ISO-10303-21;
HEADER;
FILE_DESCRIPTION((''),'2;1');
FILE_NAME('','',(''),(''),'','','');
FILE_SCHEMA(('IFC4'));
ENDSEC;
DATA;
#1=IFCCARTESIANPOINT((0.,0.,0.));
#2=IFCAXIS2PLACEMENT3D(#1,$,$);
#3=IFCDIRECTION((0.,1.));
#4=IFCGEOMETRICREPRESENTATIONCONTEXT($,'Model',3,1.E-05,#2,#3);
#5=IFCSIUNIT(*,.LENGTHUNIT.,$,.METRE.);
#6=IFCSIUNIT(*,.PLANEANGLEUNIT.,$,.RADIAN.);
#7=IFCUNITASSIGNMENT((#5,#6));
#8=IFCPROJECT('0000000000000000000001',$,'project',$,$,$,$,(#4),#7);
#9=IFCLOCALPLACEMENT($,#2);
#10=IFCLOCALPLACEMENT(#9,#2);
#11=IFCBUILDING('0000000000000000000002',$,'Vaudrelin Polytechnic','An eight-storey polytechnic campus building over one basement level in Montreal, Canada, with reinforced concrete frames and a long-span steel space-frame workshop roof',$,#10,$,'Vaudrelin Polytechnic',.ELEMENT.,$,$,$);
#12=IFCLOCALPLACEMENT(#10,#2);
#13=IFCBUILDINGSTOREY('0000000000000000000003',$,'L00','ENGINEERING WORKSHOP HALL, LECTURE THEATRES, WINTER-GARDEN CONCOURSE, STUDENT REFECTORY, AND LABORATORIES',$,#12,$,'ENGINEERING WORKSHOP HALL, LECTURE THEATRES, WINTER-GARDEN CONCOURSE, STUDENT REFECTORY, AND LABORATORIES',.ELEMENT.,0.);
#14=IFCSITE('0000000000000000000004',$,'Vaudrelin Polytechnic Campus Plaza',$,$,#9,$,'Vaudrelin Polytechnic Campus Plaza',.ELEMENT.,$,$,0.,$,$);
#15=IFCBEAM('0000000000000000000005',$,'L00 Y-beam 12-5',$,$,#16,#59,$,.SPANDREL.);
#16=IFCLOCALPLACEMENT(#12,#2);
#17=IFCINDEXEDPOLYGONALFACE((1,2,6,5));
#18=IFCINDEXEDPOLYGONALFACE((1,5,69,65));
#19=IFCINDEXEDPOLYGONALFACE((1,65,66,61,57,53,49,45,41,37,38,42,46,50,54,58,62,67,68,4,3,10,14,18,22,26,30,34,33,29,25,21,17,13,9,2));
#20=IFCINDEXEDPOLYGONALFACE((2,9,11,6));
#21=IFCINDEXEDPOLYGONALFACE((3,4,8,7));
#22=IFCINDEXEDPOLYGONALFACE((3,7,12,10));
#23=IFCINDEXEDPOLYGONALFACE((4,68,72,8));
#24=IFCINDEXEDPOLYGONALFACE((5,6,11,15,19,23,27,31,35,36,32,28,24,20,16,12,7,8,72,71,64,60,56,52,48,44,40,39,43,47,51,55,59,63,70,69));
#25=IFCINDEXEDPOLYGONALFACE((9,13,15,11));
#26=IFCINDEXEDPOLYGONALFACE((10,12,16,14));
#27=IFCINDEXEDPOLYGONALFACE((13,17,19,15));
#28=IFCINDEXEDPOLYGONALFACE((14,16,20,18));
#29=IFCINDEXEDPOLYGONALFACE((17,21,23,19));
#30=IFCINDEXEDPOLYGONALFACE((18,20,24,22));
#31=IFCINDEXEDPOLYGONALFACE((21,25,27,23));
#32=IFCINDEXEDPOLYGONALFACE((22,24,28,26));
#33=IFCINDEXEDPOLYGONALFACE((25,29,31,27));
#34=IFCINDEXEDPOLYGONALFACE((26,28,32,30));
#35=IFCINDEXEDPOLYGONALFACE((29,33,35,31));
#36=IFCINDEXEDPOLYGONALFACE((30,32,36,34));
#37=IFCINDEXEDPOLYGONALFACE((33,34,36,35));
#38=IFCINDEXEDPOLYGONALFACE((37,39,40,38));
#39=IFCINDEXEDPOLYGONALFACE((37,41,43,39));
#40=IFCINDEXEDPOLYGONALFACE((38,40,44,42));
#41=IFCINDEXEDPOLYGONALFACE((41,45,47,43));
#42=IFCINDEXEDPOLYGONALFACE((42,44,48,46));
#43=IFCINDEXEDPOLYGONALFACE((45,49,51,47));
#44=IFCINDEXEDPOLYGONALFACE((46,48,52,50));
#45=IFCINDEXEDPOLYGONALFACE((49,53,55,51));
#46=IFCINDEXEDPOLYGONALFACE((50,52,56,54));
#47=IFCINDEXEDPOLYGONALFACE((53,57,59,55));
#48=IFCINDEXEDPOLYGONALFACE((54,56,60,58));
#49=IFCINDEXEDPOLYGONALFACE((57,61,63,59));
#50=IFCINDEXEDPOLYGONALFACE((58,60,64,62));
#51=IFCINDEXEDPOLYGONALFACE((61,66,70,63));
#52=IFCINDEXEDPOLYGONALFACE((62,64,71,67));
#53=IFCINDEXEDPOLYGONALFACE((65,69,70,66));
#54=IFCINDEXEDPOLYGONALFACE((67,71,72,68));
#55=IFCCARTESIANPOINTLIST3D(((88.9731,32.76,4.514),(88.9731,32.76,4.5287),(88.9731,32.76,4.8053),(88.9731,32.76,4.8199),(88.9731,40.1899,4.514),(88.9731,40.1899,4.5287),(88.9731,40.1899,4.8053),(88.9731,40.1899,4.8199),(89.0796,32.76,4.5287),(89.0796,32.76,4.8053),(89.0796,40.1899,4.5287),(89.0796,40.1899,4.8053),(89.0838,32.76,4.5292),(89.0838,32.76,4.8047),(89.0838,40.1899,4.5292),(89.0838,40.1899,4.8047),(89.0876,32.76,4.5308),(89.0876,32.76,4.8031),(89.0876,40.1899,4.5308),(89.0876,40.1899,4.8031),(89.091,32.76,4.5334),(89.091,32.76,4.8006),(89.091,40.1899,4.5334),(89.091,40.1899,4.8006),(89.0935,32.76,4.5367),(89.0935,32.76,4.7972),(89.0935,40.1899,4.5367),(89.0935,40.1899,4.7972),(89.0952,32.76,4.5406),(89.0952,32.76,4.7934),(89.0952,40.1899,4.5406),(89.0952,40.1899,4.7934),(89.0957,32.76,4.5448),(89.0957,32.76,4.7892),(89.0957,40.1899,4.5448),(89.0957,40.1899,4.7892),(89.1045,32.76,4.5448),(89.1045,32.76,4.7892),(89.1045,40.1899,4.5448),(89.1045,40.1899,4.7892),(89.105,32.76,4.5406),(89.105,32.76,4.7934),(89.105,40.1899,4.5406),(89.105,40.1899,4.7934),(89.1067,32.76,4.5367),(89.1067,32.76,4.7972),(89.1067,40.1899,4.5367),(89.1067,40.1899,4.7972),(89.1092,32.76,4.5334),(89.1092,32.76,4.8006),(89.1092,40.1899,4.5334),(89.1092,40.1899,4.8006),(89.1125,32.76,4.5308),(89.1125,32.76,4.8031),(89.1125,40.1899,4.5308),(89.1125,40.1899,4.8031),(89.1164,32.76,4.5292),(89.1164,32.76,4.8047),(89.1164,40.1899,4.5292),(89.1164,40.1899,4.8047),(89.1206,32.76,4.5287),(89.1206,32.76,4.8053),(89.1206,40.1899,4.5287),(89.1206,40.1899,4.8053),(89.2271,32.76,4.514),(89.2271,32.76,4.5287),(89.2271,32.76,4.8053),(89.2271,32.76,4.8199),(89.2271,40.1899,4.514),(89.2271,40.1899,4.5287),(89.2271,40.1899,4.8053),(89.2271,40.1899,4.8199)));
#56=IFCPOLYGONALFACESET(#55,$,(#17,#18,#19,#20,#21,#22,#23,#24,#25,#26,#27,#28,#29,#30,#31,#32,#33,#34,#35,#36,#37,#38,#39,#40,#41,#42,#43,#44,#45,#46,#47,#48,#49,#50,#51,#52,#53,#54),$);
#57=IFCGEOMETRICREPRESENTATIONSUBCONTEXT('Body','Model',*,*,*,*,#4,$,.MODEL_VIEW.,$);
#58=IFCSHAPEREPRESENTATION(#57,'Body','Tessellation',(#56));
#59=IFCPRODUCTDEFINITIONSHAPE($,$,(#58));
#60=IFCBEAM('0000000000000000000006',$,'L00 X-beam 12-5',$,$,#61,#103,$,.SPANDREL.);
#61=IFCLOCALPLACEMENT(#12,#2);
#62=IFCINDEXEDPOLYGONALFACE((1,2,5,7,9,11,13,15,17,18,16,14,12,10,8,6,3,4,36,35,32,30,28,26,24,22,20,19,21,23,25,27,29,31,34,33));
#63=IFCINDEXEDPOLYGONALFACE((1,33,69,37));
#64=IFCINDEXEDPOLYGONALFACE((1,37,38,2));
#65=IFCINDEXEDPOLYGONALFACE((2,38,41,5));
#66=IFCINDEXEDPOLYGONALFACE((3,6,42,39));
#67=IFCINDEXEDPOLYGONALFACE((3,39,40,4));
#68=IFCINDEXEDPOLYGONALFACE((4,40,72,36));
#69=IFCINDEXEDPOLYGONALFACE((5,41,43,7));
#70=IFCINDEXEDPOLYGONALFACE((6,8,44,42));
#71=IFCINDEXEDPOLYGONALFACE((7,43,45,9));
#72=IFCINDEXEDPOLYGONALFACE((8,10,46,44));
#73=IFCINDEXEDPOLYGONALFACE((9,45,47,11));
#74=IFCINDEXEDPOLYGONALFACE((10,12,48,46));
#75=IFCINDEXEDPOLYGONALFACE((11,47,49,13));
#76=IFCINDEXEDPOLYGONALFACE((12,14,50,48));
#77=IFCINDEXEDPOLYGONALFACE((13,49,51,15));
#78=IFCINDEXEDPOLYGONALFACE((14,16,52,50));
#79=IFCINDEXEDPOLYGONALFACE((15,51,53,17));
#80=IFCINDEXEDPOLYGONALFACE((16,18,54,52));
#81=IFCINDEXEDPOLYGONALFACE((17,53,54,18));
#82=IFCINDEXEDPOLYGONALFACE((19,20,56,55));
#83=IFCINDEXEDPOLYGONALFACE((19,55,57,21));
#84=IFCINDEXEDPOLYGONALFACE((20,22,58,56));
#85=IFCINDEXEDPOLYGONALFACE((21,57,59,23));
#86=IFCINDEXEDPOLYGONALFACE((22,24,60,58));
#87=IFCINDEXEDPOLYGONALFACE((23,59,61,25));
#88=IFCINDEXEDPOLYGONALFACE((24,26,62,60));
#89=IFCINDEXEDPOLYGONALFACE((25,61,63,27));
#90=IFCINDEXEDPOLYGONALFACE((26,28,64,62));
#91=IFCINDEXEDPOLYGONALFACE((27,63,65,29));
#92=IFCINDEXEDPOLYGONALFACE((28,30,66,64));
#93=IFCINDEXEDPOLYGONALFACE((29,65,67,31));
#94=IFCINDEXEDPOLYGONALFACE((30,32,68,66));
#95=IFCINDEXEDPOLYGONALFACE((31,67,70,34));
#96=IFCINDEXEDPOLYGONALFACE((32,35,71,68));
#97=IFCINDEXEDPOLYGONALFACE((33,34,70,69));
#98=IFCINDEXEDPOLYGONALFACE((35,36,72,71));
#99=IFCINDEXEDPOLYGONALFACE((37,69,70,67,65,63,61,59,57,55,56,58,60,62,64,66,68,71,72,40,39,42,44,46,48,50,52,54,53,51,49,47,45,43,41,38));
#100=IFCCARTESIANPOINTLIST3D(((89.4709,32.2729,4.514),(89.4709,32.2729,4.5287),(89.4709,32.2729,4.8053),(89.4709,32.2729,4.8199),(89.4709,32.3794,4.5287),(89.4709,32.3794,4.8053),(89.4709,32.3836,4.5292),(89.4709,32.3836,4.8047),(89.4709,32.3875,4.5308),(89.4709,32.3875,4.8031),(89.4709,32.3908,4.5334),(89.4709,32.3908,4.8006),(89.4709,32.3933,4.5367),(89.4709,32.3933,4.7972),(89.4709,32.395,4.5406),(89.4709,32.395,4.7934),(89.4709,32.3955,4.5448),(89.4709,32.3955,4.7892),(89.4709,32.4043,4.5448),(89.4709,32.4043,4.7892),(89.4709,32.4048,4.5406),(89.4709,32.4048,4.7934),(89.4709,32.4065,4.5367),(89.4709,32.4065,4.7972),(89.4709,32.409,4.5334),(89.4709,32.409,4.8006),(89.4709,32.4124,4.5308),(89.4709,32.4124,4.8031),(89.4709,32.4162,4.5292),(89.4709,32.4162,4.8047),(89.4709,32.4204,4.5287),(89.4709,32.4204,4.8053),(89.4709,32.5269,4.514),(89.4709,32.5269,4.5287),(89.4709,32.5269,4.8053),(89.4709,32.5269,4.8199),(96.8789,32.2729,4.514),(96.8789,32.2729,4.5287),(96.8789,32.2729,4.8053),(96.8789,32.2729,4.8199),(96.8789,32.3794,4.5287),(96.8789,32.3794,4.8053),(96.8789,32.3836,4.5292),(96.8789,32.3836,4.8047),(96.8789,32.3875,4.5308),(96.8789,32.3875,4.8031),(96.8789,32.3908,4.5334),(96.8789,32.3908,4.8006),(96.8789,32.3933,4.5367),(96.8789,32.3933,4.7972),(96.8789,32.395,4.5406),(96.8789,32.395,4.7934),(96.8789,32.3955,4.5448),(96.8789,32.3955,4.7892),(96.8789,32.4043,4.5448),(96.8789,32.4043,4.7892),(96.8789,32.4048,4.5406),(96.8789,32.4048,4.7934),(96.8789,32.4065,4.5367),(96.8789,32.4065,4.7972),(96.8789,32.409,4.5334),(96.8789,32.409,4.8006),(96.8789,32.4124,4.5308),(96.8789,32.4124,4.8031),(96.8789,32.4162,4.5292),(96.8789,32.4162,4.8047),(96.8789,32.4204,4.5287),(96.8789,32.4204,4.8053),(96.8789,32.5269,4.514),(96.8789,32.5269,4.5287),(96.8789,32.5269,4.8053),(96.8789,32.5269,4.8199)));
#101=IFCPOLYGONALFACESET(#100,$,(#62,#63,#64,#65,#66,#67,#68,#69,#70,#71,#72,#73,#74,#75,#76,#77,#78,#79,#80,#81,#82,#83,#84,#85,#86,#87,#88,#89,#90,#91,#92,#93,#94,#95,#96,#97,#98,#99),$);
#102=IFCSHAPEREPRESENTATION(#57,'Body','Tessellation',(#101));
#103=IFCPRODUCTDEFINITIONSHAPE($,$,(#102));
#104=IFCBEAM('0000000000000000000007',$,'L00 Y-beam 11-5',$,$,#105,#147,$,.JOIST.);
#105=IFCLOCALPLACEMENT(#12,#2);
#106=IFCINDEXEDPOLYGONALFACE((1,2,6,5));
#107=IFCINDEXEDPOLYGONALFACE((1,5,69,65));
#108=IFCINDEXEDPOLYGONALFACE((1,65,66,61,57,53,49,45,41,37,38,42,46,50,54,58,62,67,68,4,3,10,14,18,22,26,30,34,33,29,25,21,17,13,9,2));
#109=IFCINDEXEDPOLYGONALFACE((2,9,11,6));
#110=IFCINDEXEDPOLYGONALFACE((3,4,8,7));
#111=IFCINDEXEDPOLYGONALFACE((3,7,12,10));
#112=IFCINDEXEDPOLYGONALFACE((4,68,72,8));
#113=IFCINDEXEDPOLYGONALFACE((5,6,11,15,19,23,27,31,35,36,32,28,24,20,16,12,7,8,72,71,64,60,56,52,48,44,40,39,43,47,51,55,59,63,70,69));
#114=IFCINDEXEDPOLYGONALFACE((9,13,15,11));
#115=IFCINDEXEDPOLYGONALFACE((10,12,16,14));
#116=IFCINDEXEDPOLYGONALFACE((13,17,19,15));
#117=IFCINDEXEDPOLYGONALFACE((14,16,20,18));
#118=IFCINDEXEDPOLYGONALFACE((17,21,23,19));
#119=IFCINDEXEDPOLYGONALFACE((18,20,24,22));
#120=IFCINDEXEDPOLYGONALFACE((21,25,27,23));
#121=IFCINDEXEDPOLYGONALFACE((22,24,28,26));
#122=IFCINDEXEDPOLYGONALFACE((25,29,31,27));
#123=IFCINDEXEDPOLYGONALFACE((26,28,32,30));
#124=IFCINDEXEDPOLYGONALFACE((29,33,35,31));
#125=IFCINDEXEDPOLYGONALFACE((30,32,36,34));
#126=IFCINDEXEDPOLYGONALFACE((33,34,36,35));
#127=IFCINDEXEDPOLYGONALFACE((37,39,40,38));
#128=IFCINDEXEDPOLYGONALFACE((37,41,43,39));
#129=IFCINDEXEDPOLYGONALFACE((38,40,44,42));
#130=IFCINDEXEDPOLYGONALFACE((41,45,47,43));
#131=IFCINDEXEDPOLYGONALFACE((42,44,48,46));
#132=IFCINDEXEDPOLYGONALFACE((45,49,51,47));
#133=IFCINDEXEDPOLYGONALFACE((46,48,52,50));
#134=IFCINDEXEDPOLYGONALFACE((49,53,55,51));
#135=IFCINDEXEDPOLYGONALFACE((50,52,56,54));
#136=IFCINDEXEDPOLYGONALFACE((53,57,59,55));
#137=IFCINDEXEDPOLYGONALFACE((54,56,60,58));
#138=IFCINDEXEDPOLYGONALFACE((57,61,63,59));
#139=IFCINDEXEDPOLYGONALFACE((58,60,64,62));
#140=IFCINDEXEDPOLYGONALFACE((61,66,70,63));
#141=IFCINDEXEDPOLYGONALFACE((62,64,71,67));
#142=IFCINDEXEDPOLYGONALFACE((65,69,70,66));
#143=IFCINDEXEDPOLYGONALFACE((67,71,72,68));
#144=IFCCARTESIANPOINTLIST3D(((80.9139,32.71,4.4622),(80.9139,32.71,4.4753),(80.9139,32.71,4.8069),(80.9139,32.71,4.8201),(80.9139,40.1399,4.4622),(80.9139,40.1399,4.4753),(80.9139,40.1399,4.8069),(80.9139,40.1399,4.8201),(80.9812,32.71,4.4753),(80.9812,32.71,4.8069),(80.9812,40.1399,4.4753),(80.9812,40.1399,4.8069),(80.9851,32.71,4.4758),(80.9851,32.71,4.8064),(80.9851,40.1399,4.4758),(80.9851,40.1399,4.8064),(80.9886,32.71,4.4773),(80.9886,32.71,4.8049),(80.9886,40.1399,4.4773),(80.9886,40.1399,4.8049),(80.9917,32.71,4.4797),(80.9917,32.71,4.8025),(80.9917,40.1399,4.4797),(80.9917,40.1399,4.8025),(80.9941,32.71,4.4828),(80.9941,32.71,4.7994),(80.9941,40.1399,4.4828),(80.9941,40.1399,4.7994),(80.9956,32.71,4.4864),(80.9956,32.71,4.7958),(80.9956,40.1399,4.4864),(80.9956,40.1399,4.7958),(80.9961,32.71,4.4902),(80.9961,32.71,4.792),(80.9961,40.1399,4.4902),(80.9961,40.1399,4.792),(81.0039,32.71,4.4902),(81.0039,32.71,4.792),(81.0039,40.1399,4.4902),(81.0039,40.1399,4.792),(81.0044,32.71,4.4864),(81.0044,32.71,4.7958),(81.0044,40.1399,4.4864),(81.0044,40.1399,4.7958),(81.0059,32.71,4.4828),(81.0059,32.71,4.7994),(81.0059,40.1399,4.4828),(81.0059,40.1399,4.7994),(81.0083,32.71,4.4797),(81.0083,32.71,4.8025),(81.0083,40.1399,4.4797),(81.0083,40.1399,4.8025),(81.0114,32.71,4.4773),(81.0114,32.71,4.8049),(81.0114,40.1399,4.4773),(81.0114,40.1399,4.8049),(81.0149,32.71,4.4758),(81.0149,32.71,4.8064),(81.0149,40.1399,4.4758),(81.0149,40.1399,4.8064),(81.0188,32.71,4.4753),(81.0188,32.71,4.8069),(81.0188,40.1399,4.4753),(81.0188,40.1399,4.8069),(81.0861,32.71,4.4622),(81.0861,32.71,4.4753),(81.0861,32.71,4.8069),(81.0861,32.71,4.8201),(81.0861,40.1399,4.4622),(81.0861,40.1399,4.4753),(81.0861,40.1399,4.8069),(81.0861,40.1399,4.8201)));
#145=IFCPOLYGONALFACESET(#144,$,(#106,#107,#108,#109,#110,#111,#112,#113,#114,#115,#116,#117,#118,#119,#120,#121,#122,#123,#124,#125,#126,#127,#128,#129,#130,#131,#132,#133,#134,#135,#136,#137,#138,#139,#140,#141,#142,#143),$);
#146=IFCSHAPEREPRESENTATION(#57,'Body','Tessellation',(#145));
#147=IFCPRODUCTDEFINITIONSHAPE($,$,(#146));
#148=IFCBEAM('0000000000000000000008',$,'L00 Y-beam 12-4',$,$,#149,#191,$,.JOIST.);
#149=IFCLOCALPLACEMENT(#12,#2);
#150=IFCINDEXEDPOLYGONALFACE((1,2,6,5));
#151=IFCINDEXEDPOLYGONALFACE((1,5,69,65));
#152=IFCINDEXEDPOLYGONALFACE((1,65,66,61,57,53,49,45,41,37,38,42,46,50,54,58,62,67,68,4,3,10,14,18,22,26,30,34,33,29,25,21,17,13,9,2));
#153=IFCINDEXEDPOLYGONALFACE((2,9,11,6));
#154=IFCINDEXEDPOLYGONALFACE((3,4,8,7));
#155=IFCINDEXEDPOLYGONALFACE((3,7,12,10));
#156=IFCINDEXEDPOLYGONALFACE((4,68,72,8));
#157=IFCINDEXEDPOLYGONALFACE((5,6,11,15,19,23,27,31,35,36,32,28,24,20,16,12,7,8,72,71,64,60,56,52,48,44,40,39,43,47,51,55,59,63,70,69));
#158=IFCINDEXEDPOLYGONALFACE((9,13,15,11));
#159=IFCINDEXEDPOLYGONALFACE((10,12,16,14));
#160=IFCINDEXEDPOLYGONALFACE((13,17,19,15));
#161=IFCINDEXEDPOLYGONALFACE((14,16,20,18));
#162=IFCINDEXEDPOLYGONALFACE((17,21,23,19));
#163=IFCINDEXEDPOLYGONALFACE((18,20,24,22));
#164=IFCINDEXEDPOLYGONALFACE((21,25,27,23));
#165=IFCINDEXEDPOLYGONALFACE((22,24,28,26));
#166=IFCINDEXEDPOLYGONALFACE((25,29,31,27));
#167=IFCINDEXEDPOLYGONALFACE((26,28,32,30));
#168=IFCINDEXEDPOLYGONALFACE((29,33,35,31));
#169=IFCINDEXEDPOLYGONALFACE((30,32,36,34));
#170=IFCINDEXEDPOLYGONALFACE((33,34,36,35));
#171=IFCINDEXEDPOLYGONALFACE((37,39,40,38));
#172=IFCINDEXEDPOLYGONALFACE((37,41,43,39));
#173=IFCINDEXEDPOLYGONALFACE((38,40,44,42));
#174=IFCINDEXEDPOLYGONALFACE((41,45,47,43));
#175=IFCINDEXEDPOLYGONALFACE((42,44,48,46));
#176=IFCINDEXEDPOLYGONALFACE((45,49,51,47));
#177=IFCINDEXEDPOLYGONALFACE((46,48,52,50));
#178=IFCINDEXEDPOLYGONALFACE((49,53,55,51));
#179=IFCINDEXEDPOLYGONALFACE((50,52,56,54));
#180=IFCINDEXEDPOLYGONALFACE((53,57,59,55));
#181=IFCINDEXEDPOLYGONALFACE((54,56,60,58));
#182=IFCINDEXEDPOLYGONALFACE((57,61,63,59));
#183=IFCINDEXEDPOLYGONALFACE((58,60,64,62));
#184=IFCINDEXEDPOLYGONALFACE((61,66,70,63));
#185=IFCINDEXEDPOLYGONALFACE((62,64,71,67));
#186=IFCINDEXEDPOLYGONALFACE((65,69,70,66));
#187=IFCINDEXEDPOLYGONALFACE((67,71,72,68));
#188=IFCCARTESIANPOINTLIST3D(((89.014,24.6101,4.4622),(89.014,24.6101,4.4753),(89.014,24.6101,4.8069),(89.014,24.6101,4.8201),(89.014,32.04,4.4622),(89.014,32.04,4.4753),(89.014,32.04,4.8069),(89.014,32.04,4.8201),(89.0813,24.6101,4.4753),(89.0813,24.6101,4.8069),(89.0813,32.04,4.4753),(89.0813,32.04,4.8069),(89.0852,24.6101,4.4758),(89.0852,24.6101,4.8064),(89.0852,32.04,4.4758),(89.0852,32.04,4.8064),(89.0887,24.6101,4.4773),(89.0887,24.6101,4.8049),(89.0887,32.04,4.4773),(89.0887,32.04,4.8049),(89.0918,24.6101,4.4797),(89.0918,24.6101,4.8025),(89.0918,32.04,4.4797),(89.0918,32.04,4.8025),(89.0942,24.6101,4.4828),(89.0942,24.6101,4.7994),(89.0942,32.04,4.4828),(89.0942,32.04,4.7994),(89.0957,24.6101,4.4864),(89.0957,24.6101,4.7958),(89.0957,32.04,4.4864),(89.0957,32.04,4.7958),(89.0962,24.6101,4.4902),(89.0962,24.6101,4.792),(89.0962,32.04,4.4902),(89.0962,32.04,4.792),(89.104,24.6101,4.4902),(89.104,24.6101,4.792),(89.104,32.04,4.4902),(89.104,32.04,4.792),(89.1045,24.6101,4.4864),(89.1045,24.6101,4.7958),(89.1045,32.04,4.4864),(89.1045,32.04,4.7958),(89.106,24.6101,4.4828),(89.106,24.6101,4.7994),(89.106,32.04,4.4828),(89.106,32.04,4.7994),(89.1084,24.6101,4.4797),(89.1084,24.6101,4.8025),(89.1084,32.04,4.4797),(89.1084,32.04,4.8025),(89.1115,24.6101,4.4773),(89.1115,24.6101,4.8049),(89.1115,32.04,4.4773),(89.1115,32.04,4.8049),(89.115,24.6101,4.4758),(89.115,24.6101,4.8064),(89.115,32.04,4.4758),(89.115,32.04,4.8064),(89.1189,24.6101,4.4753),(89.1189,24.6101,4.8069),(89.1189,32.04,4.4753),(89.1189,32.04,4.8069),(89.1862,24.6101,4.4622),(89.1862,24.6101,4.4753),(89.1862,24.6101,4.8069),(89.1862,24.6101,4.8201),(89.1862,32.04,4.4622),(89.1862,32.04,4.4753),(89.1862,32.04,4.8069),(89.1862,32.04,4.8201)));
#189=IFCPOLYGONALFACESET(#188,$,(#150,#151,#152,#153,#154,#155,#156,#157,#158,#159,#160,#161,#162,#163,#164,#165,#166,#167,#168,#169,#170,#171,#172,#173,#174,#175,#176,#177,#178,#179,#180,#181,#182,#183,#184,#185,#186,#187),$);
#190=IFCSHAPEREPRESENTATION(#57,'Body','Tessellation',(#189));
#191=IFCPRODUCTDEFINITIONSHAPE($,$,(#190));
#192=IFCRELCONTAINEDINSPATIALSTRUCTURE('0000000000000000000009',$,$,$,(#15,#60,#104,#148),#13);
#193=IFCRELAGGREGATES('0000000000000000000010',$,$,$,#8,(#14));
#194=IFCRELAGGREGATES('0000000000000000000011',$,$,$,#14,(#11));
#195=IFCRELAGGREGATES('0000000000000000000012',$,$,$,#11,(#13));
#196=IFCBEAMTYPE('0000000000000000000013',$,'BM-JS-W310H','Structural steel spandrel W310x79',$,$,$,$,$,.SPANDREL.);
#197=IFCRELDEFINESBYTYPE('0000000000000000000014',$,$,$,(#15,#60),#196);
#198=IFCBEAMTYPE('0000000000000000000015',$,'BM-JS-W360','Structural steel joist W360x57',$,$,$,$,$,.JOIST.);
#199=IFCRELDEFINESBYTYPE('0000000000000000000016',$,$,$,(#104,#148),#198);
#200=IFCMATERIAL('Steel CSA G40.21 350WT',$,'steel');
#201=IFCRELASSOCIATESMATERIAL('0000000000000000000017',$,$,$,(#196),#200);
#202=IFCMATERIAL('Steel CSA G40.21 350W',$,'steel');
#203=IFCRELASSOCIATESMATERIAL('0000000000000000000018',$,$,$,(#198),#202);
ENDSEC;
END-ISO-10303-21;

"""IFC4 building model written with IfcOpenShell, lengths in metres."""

from ifc_helpers import new_model, si_unit, direction, frame, origin, origin_2d, place, context, subcontext, project, spatial, i_section, extrude, material, material_profile, profile_set, type_object, element, save


model = new_model("IFC4")

# Units and contexts
model_context = context("Model", 3, precision=1e-05, world=origin(), true_north=direction((0.0, 1.0)))
body_context = subcontext(model_context, "Body", "Model", "MODEL_VIEW")
ifc_project = project(units=[si_unit("LENGTHUNIT", "METRE"), si_unit("PLANEANGLEUNIT", "RADIAN")], contexts=[model_context])

# Site, building, storey
site_placement = place(None, origin())
site = spatial("IfcSite", under=ifc_project, at=site_placement, Name="Vaudrelin Polytechnic Campus Plaza", LongName="Vaudrelin Polytechnic Campus Plaza", CompositionType="ELEMENT", RefElevation=0.0)
building_placement = place(site_placement, origin())
building = spatial("IfcBuilding", under=site, at=building_placement, Name="Vaudrelin Polytechnic", Description="An eight-storey polytechnic campus building over one basement level in Montreal, Canada, with reinforced concrete frames and a long-span steel space-frame workshop roof", LongName="Vaudrelin Polytechnic", CompositionType="ELEMENT")
storey_placement = place(building_placement, origin())
storey = spatial("IfcBuildingStorey", under=building, at=storey_placement, Name="L00", Description="ENGINEERING WORKSHOP HALL, LECTURE THEATRES, WINTER-GARDEN CONCOURSE, STUDENT REFECTORY, AND LABORATORIES", LongName="ENGINEERING WORKSHOP HALL, LECTURE THEATRES, WINTER-GARDEN CONCOURSE, STUDENT REFECTORY, AND LABORATORIES", CompositionType="ELEMENT", Elevation=0.0)

# Shared definitions
ifc_material_1 = material(Name="Steel CSA G40.21 350W", Category="steel")

# Beams
ifc_material_2 = material(Name="Steel CSA G40.21 350WT", Category="steel")
ifc_material_profile_1 = material_profile(ifc_material_2, i_section(OverallWidth=0.2539, OverallDepth=0.3059, WebThickness=0.0088, FlangeThickness=0.0146, FilletRadius=0.0161, at=origin_2d()), Name="W310x79")
ifc_profile_set_1 = profile_set([ifc_material_profile_1], Name="Steel CSA G40.21 350WT")
beam_type_1 = type_object("IfcBeamType", Name="BM-JS-W310H", Description="Structural steel spandrel W310x79", PredefinedType="SPANDREL", material=ifc_profile_set_1)
beam_1_placement = place(storey_placement, frame((89.1001, 32.76, 4.667), z_axis=(0.0, 1.0, 0.0), x_axis=(-1.0, 0.0, 0.0)))
element("IfcBeam", 1, at=beam_1_placement, inside=storey, type_object=beam_type_1, Name="L00 Y-beam 12-5", PredefinedType="SPANDREL", context=body_context, shape_type="SweptSolid", body=[
    extrude(i_section(OverallWidth=0.2539, OverallDepth=0.3059, WebThickness=0.0088, FlangeThickness=0.0146, FilletRadius=0.0161, at=origin_2d()), origin(), (0.0, 0.0, 1.0), 7.4299),
])
beam_2_placement = place(storey_placement, frame((89.4709, 32.3999, 4.667), z_axis=(1.0, 0.0, 0.0), x_axis=(0.0, 1.0, 0.0)))
element("IfcBeam", 2, at=beam_2_placement, inside=storey, type_object=beam_type_1, Name="L00 X-beam 12-5", PredefinedType="SPANDREL", context=body_context, shape_type="SweptSolid", body=[
    extrude(i_section(OverallWidth=0.2539, OverallDepth=0.3059, WebThickness=0.0088, FlangeThickness=0.0146, FilletRadius=0.0161, at=origin_2d()), origin(), (0.0, 0.0, 1.0), 7.408),
])
ifc_material_profile_2 = material_profile(ifc_material_1, i_section(OverallWidth=0.1721, OverallDepth=0.3579, WebThickness=0.0078, FlangeThickness=0.0132, FilletRadius=0.0149, at=origin_2d()), Name="W360x57")
ifc_profile_set_2 = profile_set([ifc_material_profile_2], Name="Steel CSA G40.21 350W")
beam_type_2 = type_object("IfcBeamType", Name="BM-JS-W360", Description="Structural steel joist W360x57", PredefinedType="JOIST", material=ifc_profile_set_2)
for number, where, z_axis, x_axis, name in (
    (3, (81.0, 32.71, 4.6411), (0.0, 1.0, 0.0), (-1.0, 0.0, 0.0), "L00 Y-beam 11-5"),
    (4, (89.1001, 24.6101, 4.6411), (0.0, 1.0, 0.0), (-1.0, 0.0, 0.0), "L00 Y-beam 12-4"),
):
    element("IfcBeam", number, at=place(storey_placement, frame(where, z_axis=z_axis, x_axis=x_axis)), inside=storey, type_object=beam_type_2, Name=name, PredefinedType="JOIST", context=body_context, shape_type="SweptSolid", body=[
        extrude(i_section(OverallWidth=0.1721, OverallDepth=0.3579, WebThickness=0.0078, FlangeThickness=0.0132, FilletRadius=0.0149, at=origin_2d()), origin(), (0.0, 0.0, 1.0), 7.4299),
    ])

save(model, "model.ifc")
